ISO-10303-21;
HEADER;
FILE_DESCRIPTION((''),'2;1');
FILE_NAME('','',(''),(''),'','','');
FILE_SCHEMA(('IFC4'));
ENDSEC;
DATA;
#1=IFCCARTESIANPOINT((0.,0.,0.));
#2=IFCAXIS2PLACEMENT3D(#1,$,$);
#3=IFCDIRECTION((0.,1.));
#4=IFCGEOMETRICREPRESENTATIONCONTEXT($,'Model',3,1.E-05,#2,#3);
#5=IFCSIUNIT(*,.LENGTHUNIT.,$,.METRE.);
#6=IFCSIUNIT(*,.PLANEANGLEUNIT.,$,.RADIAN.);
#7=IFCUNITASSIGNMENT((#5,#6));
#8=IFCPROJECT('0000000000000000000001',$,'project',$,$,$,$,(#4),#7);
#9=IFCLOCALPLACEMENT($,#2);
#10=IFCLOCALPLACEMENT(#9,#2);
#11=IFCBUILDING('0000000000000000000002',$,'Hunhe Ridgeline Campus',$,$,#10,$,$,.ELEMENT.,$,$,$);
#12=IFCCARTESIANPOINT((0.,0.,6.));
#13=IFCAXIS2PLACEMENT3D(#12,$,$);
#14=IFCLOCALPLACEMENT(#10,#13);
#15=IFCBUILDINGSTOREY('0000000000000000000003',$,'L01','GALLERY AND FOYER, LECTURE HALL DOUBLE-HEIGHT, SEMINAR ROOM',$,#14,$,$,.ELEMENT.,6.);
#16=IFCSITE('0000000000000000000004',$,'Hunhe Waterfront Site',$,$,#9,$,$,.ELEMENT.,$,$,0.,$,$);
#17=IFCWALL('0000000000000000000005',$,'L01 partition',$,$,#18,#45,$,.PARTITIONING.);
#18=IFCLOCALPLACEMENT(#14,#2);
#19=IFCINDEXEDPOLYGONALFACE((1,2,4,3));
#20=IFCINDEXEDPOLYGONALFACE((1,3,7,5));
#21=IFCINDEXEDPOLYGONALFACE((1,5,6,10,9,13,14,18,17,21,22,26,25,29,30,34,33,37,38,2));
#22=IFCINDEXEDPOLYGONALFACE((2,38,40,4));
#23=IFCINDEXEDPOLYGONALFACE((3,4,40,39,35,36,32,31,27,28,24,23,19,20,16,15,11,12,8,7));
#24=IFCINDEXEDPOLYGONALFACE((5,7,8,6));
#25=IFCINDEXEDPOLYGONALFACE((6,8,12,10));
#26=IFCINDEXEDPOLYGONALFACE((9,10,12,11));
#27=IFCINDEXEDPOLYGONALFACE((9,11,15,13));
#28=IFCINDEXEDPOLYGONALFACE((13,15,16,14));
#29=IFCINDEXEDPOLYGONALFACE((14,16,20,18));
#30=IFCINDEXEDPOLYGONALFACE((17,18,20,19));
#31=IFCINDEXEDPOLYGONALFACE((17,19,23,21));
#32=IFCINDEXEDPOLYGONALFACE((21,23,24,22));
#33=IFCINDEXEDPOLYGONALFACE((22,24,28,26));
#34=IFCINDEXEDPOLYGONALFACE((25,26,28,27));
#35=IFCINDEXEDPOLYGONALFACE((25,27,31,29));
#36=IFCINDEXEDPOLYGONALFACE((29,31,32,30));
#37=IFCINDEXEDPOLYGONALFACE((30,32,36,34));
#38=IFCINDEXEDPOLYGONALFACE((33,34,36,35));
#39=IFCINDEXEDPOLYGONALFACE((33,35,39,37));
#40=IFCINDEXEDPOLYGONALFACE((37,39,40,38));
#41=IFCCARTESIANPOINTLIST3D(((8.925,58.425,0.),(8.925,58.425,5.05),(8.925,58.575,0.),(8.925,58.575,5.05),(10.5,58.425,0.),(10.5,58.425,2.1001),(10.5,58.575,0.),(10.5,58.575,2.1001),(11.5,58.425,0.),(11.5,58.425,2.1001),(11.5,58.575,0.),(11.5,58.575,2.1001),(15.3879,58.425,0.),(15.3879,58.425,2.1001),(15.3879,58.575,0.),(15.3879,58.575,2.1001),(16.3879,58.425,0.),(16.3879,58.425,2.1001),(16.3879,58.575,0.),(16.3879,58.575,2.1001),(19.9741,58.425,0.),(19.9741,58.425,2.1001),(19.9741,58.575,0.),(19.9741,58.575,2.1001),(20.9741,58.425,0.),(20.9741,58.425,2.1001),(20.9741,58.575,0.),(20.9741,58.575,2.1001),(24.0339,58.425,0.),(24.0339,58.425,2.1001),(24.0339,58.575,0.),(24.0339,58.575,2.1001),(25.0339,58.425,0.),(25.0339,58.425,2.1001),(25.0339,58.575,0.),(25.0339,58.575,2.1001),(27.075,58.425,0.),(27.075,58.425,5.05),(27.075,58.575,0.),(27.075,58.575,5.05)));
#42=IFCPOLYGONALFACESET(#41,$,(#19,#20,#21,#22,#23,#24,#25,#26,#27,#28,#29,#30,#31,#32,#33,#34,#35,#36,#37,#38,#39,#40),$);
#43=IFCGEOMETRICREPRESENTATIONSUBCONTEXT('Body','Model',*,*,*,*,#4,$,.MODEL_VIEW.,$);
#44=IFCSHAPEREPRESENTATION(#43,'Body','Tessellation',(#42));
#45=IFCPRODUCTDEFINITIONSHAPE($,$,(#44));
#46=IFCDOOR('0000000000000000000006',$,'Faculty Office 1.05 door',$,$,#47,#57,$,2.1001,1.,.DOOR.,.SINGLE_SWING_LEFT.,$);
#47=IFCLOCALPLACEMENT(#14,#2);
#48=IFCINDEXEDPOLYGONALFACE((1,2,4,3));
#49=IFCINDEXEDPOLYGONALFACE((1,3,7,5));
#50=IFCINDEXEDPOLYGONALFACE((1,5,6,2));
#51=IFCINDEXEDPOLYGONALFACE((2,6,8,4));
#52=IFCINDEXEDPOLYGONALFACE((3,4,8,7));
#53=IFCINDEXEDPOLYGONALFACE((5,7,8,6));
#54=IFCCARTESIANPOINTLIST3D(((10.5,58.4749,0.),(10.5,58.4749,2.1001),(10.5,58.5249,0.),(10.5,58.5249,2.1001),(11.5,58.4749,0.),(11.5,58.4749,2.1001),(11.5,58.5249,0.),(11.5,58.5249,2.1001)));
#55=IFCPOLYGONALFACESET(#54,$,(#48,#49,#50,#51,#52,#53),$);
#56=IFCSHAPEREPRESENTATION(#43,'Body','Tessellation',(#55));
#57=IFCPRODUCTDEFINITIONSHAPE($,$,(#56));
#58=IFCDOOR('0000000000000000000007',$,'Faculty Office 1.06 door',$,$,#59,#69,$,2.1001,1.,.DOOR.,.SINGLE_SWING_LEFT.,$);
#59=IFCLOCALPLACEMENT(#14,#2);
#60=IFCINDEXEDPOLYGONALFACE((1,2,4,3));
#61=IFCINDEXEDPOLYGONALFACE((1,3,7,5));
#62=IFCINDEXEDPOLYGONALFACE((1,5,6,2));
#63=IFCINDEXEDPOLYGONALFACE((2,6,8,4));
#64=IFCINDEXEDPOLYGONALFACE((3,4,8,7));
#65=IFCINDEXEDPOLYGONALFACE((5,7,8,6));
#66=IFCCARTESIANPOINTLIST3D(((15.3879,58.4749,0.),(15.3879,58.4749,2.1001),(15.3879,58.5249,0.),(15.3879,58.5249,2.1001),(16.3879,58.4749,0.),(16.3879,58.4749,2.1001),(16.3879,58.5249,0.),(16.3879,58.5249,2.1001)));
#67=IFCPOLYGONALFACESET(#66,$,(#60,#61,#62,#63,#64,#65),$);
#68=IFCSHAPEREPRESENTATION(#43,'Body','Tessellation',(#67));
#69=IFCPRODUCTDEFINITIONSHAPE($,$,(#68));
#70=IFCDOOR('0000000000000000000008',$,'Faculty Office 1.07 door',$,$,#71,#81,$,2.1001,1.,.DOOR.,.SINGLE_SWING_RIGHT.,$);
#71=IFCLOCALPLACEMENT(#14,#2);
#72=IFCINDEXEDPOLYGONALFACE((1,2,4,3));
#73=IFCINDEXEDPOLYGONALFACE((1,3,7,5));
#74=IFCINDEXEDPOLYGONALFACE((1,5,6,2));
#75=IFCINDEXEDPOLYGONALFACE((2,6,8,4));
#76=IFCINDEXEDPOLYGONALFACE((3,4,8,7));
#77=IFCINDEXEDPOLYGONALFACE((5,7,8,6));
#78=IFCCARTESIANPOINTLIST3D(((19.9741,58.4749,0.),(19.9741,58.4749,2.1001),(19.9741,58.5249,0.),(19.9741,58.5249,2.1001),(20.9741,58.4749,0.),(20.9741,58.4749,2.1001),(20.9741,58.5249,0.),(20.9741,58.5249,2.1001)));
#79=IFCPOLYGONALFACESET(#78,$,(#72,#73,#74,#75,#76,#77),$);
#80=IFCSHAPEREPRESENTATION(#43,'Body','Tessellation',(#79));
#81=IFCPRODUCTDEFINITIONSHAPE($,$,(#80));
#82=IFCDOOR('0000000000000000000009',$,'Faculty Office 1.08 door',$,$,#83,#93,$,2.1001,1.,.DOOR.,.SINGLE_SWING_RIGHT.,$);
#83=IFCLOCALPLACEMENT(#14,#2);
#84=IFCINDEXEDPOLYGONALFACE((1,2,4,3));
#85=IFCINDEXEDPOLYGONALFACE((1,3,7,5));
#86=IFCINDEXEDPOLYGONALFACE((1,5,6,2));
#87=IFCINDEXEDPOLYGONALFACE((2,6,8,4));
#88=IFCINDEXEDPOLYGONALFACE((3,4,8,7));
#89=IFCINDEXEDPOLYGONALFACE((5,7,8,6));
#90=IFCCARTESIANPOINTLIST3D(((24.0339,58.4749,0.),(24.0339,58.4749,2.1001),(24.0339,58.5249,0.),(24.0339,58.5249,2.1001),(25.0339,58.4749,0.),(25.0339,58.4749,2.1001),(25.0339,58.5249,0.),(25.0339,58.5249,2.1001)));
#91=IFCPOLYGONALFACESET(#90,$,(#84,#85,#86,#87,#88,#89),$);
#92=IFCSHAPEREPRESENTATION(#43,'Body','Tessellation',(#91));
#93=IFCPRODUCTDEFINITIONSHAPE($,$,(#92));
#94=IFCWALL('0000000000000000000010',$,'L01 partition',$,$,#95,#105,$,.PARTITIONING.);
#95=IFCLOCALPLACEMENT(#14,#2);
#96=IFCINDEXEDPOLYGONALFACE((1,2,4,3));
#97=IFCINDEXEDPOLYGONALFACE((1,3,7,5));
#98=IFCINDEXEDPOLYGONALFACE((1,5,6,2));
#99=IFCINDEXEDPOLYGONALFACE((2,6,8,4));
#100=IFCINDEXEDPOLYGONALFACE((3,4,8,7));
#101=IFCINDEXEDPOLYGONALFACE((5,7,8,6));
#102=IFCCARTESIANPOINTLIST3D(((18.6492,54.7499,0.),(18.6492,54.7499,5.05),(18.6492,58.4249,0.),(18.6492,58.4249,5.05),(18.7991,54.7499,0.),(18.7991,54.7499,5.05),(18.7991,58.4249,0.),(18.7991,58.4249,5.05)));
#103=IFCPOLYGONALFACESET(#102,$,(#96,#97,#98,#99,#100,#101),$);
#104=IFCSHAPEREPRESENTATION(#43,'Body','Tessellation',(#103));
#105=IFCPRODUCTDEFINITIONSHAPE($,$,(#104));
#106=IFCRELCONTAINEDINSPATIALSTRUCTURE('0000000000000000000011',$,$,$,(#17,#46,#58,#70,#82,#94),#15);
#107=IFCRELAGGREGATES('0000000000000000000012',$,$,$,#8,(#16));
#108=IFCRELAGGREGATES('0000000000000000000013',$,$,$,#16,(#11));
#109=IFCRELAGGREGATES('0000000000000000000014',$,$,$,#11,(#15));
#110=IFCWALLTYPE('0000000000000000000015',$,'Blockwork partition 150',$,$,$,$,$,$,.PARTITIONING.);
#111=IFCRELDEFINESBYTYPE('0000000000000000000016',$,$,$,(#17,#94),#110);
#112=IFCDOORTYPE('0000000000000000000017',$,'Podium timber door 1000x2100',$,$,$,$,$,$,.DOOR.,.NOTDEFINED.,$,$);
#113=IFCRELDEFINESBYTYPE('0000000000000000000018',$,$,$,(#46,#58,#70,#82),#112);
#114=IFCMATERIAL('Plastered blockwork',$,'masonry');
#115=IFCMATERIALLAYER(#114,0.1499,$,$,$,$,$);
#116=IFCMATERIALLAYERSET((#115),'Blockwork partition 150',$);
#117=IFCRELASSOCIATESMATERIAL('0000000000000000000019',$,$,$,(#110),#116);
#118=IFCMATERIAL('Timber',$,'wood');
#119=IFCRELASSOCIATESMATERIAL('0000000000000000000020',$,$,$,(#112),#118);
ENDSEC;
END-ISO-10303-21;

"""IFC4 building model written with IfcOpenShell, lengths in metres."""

from ifc_helpers import new_model, si_unit, direction, frame, frame_2d, origin, place, context, subcontext, project, spatial, rectangle, extrude, material, layer, layer_set, type_object, element, fill, save


model = new_model("IFC4")

# Units and contexts
model_context = context("Model", 3, precision=1e-05, world=origin(), true_north=direction((0.0, 1.0)))
body_context = subcontext(model_context, "Body", "Model", "MODEL_VIEW")
ifc_project = project(units=[si_unit("LENGTHUNIT", "METRE"), si_unit("PLANEANGLEUNIT", "RADIAN")], contexts=[model_context])

# Site, building, storey
site_placement = place(None, origin())
site = spatial("IfcSite", under=ifc_project, at=site_placement, Name="Hunhe Waterfront Site", CompositionType="ELEMENT", RefElevation=0.0)
building_placement = place(site_placement, origin())
building = spatial("IfcBuilding", under=site, at=building_placement, Name="Hunhe Ridgeline Campus", CompositionType="ELEMENT")
storey_placement = place(building_placement, frame((0.0, 0.0, 6.0)))
storey = spatial("IfcBuildingStorey", under=building, at=storey_placement, Name="L01", Description="GALLERY AND FOYER, LECTURE HALL DOUBLE-HEIGHT, SEMINAR ROOM", CompositionType="ELEMENT", Elevation=6.0)

# Wall, openings, doors
ifc_material_1 = material(Name="Plastered blockwork", Category="masonry")
ifc_layer_1 = layer(ifc_material_1, 0.1499)
ifc_layer_set_1 = layer_set([ifc_layer_1], Name="Blockwork partition 150")
wall_type_1 = type_object("IfcWallType", Name="Blockwork partition 150", PredefinedType="PARTITIONING", material=ifc_layer_set_1)
wall_1_placement = place(storey_placement, frame((8.925, 58.5, 0.0), z_axis=(0.0, 0.0, 1.0), x_axis=(1.0, 0.0, 0.0)))
wall_1 = element("IfcWall", 1, at=wall_1_placement, inside=storey, type_object=wall_type_1, Name="L01 partition", PredefinedType="PARTITIONING", context=body_context, shape_type="SweptSolid", body=[
    extrude(rectangle(XDim=18.1499, YDim=0.1499, at=frame_2d((9.075, 0.0))), origin(), (0.0, 0.0, 1.0), 5.05),
])
opening_1_placement = place(wall_1_placement, frame((1.575, 0.0, 0.0)))
opening_1 = element("IfcOpeningElement", 2, at=opening_1_placement, cuts=wall_1, PredefinedType="OPENING", context=body_context, shape_type="SweptSolid", body=[
    extrude(rectangle(XDim=1.0, YDim=2.1001, at=frame_2d((0.5, 1.05))), frame((0.0, 0.075, 0.0), z_axis=(0.0, -1.0, 0.0), x_axis=(1.0, 0.0, 0.0)), (0.0, 0.0, 1.0), 0.1499),
])
opening_2_placement = place(wall_1_placement, frame((6.4629, 0.0, 0.0)))
opening_2 = element("IfcOpeningElement", 3, at=opening_2_placement, cuts=wall_1, PredefinedType="OPENING", context=body_context, shape_type="SweptSolid", body=[
    extrude(rectangle(XDim=1.0, YDim=2.1001, at=frame_2d((0.5, 1.05))), frame((0.0, 0.075, 0.0), z_axis=(0.0, -1.0, 0.0), x_axis=(1.0, 0.0, 0.0)), (0.0, 0.0, 1.0), 0.1499),
])
opening_3_placement = place(wall_1_placement, frame((11.0491, 0.0, 0.0)))
opening_3 = element("IfcOpeningElement", 4, at=opening_3_placement, cuts=wall_1, PredefinedType="OPENING", context=body_context, shape_type="SweptSolid", body=[
    extrude(rectangle(XDim=1.0, YDim=2.1001, at=frame_2d((0.5, 1.05))), frame((0.0, 0.075, 0.0), z_axis=(0.0, -1.0, 0.0), x_axis=(1.0, 0.0, 0.0)), (0.0, 0.0, 1.0), 0.1499),
])
opening_4_placement = place(wall_1_placement, frame((15.1089, 0.0, 0.0)))
opening_4 = element("IfcOpeningElement", 5, at=opening_4_placement, cuts=wall_1, PredefinedType="OPENING", context=body_context, shape_type="SweptSolid", body=[
    extrude(rectangle(XDim=1.0, YDim=2.1001, at=frame_2d((0.5, 1.05))), frame((0.0, 0.075, 0.0), z_axis=(0.0, -1.0, 0.0), x_axis=(1.0, 0.0, 0.0)), (0.0, 0.0, 1.0), 0.1499),
])
ifc_material_2 = material(Name="Timber", Category="wood")
door_type_1 = type_object("IfcDoorType", Name="Podium timber door 1000x2100", OperationType="NOTDEFINED", PredefinedType="DOOR", material=ifc_material_2)
door_1_placement = place(opening_1_placement, origin())
door_1 = element("IfcDoor", 6, at=door_1_placement, inside=storey, type_object=door_type_1, Name="Faculty Office 1.05 door", OperationType="SINGLE_SWING_LEFT", OverallHeight=2.1001, OverallWidth=1.0, PredefinedType="DOOR", context=body_context, shape_type="SweptSolid", body=[
    extrude(rectangle(XDim=1.0, YDim=2.1001, at=frame_2d((0.5, 1.05))), frame((0.0, 0.0249, 0.0), z_axis=(0.0, -1.0, 0.0), x_axis=(1.0, 0.0, 0.0)), (0.0, 0.0, 1.0), 0.05),
])
fill(opening_1, door_1)
door_2_placement = place(opening_2_placement, origin())
door_2 = element("IfcDoor", 7, at=door_2_placement, inside=storey, type_object=door_type_1, Name="Faculty Office 1.06 door", OperationType="SINGLE_SWING_LEFT", OverallHeight=2.1001, OverallWidth=1.0, PredefinedType="DOOR", context=body_context, shape_type="SweptSolid", body=[
    extrude(rectangle(XDim=1.0, YDim=2.1001, at=frame_2d((0.5, 1.05))), frame((0.0, 0.0249, 0.0), z_axis=(0.0, -1.0, 0.0), x_axis=(1.0, 0.0, 0.0)), (0.0, 0.0, 1.0), 0.05),
])
fill(opening_2, door_2)
door_3_placement = place(opening_3_placement, origin())
door_3 = element("IfcDoor", 8, at=door_3_placement, inside=storey, type_object=door_type_1, Name="Faculty Office 1.07 door", OperationType="SINGLE_SWING_RIGHT", OverallHeight=2.1001, OverallWidth=1.0, PredefinedType="DOOR", context=body_context, shape_type="SweptSolid", body=[
    extrude(rectangle(XDim=1.0, YDim=2.1001, at=frame_2d((0.5, 1.05))), frame((0.0, 0.0249, 0.0), z_axis=(0.0, -1.0, 0.0), x_axis=(1.0, 0.0, 0.0)), (0.0, 0.0, 1.0), 0.05),
])
fill(opening_3, door_3)
door_4_placement = place(opening_4_placement, origin())
door_4 = element("IfcDoor", 9, at=door_4_placement, inside=storey, type_object=door_type_1, Name="Faculty Office 1.08 door", OperationType="SINGLE_SWING_RIGHT", OverallHeight=2.1001, OverallWidth=1.0, PredefinedType="DOOR", context=body_context, shape_type="SweptSolid", body=[
    extrude(rectangle(XDim=1.0, YDim=2.1001, at=frame_2d((0.5, 1.05))), frame((0.0, 0.0249, 0.0), z_axis=(0.0, -1.0, 0.0), x_axis=(1.0, 0.0, 0.0)), (0.0, 0.0, 1.0), 0.05),
])
fill(opening_4, door_4)

# Wall
wall_2_placement = place(storey_placement, frame((18.7241, 54.75, 0.0), z_axis=(0.0, 0.0, 1.0), x_axis=(0.0, 1.0, 0.0)))
element("IfcWall", 10, at=wall_2_placement, inside=storey, type_object=wall_type_1, Name="L01 partition", PredefinedType="PARTITIONING", context=body_context, shape_type="SweptSolid", body=[
    extrude(rectangle(XDim=3.675, YDim=0.1499, at=frame_2d((1.8374, 0.0))), origin(), (0.0, 0.0, 1.0), 5.05),
])

save(model, "model.ifc")
